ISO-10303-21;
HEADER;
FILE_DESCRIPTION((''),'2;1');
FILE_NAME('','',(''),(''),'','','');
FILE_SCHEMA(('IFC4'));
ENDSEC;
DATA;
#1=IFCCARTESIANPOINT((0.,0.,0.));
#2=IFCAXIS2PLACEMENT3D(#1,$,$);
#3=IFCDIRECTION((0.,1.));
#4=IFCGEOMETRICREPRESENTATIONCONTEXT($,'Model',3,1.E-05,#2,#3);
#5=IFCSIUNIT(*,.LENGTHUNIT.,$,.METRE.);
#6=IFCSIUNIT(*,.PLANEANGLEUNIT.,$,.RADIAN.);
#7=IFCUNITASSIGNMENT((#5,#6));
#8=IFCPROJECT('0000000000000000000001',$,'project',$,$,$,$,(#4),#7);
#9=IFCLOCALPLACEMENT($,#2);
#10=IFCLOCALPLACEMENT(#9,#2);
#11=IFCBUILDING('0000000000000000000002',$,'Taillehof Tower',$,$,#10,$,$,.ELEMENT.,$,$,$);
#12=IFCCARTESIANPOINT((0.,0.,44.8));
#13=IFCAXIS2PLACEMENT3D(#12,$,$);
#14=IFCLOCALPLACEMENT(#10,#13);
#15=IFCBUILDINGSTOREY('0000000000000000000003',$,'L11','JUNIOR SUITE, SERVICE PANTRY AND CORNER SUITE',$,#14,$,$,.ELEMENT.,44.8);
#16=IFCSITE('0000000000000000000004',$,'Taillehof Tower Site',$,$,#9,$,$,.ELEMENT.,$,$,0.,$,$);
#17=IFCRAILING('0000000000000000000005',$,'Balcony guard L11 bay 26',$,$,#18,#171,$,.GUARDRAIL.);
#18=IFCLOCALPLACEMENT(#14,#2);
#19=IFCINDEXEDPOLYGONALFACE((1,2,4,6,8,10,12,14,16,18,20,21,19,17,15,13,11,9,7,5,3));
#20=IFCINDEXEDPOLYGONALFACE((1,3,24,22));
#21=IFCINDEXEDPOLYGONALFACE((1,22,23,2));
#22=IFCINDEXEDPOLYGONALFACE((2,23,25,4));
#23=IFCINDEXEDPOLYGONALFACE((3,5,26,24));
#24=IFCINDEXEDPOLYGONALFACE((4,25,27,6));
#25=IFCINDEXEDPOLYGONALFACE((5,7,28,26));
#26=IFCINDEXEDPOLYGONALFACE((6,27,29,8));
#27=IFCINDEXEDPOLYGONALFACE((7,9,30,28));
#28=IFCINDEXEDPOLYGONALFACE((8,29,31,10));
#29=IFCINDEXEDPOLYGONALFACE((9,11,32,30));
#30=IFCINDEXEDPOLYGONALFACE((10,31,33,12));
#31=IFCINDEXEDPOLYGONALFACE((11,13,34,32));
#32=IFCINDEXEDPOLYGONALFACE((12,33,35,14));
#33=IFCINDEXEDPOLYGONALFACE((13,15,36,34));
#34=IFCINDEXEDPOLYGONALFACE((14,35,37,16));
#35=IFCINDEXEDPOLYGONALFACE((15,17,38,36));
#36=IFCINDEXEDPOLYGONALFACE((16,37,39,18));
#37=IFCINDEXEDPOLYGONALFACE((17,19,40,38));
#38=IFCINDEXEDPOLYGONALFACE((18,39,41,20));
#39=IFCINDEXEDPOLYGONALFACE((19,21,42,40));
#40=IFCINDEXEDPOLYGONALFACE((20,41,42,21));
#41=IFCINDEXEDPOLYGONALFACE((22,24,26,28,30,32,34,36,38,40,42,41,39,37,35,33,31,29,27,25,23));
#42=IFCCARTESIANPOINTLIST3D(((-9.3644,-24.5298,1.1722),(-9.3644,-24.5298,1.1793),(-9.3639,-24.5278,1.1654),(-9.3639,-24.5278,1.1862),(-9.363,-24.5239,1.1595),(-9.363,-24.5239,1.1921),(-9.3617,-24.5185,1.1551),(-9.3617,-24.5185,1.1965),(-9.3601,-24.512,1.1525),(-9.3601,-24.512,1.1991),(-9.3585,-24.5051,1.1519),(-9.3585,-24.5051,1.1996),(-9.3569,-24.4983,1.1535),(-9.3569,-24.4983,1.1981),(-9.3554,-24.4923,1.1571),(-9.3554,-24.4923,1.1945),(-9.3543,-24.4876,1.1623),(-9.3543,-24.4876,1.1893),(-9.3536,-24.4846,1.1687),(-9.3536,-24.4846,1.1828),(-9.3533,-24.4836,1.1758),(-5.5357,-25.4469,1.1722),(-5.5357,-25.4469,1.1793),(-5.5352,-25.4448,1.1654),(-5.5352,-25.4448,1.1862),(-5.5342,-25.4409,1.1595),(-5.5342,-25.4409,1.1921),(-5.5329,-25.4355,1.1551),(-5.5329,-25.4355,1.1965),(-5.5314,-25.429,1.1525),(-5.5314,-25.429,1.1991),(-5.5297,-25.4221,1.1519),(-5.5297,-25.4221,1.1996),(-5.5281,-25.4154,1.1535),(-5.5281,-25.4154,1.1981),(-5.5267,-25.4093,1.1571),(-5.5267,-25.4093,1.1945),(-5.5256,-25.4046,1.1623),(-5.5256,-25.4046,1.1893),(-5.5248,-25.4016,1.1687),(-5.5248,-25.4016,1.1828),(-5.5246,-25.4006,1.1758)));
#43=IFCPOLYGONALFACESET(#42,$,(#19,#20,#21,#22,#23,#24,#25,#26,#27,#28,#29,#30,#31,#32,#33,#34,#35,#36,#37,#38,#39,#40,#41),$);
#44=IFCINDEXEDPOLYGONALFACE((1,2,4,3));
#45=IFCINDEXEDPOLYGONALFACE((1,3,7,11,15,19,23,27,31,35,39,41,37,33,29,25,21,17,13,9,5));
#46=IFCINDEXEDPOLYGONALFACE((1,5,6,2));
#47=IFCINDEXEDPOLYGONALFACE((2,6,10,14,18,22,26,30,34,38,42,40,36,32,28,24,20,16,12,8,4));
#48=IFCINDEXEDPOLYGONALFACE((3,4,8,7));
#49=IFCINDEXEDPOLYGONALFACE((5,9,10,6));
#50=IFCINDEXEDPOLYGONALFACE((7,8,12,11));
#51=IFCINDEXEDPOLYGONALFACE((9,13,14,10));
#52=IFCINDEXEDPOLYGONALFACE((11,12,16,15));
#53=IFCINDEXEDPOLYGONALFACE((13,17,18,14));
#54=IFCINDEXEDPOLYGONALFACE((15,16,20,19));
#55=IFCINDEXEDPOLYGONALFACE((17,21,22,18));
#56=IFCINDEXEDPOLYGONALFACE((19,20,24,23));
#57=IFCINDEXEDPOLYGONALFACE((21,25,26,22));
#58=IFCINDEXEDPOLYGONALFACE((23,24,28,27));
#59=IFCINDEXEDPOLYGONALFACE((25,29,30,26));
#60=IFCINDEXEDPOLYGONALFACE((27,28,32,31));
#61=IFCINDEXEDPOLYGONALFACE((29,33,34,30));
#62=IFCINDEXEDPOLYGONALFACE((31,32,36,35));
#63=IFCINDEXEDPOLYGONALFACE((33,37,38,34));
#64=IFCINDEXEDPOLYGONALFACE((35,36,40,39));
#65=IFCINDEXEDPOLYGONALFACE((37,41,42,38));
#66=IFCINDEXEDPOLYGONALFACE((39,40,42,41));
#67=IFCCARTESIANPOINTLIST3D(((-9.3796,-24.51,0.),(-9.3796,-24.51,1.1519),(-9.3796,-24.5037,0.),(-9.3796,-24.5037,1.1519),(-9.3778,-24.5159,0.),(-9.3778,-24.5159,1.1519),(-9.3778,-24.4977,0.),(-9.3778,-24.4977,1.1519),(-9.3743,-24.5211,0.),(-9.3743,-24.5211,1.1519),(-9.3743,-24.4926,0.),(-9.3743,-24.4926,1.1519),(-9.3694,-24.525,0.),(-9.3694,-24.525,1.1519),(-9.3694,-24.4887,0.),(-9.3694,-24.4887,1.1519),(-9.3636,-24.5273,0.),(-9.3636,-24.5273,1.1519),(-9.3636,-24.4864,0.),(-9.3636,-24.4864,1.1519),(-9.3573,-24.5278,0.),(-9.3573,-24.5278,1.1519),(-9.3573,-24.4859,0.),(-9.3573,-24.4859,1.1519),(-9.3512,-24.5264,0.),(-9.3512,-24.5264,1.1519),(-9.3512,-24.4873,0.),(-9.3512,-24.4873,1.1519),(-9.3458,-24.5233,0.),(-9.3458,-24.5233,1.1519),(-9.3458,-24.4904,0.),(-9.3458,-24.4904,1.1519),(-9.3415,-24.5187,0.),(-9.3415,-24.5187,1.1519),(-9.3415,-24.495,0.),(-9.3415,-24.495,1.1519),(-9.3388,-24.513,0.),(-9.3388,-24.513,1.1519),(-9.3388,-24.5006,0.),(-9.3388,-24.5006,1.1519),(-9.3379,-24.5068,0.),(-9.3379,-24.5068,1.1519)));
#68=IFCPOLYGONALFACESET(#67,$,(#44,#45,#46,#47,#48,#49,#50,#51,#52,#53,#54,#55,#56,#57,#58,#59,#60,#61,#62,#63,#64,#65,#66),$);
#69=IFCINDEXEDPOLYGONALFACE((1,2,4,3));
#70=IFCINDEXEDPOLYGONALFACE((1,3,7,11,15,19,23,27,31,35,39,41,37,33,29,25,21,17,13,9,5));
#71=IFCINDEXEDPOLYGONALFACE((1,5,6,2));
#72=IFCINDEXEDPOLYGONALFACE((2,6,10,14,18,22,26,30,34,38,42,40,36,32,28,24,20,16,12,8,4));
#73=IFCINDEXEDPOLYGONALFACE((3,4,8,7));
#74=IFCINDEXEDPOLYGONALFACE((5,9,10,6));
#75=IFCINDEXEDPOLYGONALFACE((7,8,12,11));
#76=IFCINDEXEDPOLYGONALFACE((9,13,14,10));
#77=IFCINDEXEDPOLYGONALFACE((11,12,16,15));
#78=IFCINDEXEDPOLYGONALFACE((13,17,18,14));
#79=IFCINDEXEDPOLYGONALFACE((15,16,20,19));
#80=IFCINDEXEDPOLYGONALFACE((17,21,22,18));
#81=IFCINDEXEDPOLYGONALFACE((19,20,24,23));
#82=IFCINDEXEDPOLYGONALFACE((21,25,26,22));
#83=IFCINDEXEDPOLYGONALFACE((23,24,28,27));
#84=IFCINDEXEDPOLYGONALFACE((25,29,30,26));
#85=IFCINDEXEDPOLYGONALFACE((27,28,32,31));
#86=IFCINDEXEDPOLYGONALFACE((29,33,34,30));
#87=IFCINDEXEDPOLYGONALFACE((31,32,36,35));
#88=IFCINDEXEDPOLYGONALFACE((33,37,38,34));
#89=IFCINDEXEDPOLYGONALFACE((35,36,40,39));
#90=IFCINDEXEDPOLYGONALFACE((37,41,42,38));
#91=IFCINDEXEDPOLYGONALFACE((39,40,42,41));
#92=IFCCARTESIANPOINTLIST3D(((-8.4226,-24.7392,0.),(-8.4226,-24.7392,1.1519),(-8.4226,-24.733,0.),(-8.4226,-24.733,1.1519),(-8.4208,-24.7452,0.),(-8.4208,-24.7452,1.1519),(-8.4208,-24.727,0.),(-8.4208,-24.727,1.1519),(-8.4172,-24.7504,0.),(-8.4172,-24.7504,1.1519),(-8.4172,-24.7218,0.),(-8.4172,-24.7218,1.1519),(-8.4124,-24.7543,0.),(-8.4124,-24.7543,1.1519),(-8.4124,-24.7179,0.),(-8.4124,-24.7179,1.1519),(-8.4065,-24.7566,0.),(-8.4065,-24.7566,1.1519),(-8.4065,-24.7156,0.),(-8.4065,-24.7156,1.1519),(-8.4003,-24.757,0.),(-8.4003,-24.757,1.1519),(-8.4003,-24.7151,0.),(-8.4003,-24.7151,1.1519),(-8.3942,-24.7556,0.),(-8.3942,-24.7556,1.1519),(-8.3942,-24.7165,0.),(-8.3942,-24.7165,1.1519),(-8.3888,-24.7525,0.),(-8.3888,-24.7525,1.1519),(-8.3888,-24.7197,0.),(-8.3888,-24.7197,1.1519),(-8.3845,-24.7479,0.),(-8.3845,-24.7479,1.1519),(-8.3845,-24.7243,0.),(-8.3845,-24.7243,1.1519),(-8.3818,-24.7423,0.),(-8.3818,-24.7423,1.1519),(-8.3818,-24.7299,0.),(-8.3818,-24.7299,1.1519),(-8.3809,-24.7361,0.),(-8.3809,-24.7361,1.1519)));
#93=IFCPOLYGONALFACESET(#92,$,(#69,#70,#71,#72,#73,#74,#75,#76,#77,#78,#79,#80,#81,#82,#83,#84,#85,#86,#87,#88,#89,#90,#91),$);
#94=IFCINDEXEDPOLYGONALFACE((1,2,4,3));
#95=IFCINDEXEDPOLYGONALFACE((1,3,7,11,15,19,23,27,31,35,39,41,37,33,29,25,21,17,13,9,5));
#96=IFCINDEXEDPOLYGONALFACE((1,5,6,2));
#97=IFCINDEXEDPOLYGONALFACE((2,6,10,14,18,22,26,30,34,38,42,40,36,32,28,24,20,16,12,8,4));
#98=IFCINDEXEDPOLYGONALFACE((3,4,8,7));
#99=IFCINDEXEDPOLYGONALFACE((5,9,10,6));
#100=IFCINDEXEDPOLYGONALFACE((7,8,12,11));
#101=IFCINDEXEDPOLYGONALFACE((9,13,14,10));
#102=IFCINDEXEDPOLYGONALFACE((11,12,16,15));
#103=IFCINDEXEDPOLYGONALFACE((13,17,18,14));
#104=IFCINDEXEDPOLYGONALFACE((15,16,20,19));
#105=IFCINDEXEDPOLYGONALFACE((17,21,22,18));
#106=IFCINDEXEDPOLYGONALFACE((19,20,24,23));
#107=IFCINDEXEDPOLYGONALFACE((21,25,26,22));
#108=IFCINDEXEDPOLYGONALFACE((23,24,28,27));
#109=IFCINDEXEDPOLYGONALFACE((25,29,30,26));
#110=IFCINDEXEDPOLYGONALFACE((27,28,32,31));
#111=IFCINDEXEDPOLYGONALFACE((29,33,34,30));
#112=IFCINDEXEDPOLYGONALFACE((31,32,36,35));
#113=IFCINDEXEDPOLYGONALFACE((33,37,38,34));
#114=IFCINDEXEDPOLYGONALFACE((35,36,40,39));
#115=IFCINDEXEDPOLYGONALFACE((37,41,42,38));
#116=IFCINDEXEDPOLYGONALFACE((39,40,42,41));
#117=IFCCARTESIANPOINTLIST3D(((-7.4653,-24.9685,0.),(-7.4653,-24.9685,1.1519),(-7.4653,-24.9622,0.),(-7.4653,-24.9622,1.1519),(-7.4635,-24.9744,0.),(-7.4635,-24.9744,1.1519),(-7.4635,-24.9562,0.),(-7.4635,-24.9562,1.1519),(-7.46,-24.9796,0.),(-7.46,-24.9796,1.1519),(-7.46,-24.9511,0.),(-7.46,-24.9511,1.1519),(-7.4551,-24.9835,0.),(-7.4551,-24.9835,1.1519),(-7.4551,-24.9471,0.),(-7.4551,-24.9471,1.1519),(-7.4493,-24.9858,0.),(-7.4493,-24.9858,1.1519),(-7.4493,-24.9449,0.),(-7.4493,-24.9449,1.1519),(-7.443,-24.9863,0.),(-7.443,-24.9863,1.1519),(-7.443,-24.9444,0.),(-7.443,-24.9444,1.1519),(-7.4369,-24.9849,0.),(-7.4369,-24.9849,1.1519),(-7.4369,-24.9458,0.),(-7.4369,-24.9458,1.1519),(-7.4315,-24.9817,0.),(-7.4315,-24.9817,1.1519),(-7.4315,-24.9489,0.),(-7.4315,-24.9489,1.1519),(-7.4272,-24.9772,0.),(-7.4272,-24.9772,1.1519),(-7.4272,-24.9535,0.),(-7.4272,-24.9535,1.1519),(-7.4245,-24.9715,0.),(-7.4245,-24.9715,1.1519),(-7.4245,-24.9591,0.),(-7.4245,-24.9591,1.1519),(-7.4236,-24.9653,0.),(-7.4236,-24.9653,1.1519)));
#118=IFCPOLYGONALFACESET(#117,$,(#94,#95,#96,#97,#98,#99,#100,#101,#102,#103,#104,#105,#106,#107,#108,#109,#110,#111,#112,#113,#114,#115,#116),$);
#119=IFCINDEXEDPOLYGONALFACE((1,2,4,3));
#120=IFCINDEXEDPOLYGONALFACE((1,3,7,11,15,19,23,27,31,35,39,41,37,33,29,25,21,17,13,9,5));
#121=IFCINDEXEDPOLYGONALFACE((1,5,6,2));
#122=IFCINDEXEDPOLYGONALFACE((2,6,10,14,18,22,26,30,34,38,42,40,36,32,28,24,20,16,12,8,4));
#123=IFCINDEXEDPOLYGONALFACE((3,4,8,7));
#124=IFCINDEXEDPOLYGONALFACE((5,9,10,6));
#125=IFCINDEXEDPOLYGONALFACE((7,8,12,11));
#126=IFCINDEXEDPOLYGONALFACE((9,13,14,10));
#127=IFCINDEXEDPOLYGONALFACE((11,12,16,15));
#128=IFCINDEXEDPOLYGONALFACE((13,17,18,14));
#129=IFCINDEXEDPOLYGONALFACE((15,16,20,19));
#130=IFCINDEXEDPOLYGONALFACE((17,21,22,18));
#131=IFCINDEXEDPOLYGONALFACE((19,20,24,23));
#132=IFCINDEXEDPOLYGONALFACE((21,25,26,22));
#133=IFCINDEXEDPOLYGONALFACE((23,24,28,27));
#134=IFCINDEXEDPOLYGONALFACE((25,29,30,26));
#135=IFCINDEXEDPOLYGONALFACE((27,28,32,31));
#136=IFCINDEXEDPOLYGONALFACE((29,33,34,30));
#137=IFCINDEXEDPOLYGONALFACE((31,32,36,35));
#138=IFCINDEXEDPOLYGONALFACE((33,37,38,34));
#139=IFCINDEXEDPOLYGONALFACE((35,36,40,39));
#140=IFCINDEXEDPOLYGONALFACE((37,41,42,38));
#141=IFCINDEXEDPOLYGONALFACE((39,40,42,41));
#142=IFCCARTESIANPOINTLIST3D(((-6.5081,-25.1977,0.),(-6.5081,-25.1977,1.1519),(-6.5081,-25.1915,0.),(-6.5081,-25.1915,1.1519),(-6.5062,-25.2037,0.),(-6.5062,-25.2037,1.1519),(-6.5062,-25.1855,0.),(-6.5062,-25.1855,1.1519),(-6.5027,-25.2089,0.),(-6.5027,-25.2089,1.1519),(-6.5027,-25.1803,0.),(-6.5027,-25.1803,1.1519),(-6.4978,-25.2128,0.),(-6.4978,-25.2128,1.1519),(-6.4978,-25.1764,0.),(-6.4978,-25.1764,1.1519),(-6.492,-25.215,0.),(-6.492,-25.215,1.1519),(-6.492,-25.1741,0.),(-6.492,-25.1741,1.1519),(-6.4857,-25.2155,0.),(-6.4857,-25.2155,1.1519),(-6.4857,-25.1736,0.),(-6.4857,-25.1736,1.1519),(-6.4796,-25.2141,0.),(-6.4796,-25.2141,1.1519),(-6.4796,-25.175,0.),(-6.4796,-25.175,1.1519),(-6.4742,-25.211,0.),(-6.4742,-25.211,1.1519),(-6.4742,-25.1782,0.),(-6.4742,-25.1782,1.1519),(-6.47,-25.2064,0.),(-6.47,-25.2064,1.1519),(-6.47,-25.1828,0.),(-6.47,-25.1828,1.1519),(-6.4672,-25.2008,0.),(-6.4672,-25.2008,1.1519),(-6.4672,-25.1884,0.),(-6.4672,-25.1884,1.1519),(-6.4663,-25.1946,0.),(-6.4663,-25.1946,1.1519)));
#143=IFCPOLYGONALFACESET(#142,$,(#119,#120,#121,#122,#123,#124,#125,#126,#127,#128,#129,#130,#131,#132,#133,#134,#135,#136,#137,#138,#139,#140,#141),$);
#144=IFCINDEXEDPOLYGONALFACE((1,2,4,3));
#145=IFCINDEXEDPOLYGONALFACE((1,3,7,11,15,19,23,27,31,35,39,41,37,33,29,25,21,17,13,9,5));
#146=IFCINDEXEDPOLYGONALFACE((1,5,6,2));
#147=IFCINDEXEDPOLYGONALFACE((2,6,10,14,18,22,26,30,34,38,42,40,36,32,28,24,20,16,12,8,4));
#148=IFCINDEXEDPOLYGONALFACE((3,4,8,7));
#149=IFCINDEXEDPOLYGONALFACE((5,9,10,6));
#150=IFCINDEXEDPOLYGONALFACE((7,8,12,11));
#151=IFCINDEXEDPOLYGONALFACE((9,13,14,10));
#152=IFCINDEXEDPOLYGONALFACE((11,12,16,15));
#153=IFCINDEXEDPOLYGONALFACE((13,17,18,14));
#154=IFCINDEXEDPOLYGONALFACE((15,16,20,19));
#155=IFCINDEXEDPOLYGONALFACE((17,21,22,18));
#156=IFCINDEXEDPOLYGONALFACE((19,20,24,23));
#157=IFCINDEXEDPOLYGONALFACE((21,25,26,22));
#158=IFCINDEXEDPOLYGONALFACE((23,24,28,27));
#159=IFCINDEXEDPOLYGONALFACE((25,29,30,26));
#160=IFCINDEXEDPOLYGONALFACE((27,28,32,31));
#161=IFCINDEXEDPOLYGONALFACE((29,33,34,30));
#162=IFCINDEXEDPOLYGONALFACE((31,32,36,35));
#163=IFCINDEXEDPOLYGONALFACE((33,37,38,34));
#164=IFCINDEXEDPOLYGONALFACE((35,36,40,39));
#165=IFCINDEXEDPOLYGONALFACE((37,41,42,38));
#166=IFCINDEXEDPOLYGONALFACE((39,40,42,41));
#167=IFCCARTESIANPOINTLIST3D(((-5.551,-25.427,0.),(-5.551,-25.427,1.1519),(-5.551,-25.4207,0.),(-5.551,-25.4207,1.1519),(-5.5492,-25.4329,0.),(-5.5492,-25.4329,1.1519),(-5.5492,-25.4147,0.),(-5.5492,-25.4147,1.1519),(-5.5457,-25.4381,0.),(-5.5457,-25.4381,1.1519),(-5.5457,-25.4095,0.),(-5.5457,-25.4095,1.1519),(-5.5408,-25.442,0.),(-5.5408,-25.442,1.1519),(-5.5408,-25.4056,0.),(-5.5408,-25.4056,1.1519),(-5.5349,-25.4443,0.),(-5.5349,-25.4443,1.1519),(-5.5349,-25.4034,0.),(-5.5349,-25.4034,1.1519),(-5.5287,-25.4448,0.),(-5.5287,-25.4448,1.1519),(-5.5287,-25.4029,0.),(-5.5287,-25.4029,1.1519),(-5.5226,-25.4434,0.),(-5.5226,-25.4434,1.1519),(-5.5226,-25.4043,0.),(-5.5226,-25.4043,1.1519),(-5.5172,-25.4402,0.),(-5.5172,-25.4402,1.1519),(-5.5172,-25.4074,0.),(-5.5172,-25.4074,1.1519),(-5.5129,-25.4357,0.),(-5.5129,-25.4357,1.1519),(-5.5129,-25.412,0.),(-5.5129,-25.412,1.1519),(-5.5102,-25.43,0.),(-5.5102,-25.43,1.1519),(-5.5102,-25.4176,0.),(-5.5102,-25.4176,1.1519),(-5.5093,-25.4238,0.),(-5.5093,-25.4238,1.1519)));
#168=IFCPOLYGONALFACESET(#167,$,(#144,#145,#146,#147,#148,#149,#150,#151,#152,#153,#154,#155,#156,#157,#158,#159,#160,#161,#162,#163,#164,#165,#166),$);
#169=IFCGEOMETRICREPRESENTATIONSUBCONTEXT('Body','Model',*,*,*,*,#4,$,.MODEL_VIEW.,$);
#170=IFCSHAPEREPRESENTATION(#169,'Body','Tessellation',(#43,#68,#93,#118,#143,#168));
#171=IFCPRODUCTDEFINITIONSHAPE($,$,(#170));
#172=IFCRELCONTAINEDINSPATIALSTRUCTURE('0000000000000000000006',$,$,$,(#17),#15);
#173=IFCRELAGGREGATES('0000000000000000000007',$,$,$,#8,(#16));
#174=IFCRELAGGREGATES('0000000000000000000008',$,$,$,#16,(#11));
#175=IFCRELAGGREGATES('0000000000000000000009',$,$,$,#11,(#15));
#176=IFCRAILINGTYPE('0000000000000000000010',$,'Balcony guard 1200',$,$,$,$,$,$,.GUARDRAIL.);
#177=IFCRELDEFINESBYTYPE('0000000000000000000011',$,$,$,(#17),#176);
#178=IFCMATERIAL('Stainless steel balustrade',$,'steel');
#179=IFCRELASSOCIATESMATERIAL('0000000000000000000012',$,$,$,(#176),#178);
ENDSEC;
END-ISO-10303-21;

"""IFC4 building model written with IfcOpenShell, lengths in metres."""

from ifc_helpers import new_model, si_unit, direction, frame, origin, origin_2d, place, context, subcontext, project, spatial, circle, extrude, material, type_object, element, save


model = new_model("IFC4")

# Units and contexts
model_context = context("Model", 3, precision=1e-05, world=origin(), true_north=direction((0.0, 1.0)))
body_context = subcontext(model_context, "Body", "Model", "MODEL_VIEW")
ifc_project = project(units=[si_unit("LENGTHUNIT", "METRE"), si_unit("PLANEANGLEUNIT", "RADIAN")], contexts=[model_context])

# Site, building, storey
site_placement = place(None, origin())
site = spatial("IfcSite", under=ifc_project, at=site_placement, Name="Taillehof Tower Site", CompositionType="ELEMENT", RefElevation=0.0)
building_placement = place(site_placement, origin())
building = spatial("IfcBuilding", under=site, at=building_placement, Name="Taillehof Tower", CompositionType="ELEMENT")
storey_placement = place(building_placement, frame((0.0, 0.0, 44.8)))
storey = spatial("IfcBuildingStorey", under=building, at=storey_placement, Name="L11", Description="JUNIOR SUITE, SERVICE PANTRY AND CORNER SUITE", CompositionType="ELEMENT", Elevation=44.8)

# Railing
ifc_material_1 = material(Name="Stainless steel balustrade", Category="steel")
railing_type = type_object("IfcRailingType", Name="Balcony guard 1200", PredefinedType="GUARDRAIL", material=ifc_material_1)
railing_1_placement = place(storey_placement, frame((-9.3589, -24.5068, 0.0)))
element("IfcRailing", 1, at=railing_1_placement, inside=storey, type_object=railing_type, Name="Balcony guard L11 bay 26", PredefinedType="GUARDRAIL", context=body_context, shape_type="SweptSolid", body=[
    extrude(circle(Radius=0.0239, at=origin_2d()), frame((0.0, 0.0, 1.1758), z_axis=(0.972495, -0.232923, 0.0), x_axis=(0.232923, 0.972495, 0.0)), (0.0, 0.0, 1.0), 3.937),
    extrude(circle(Radius=0.021, at=origin_2d()), origin(), (0.0, 0.0, 1.0), 1.1519),
    extrude(circle(Radius=0.021, at=origin_2d()), frame((0.957, -0.2292, 0.0)), (0.0, 0.0, 1.0), 1.1519),
    extrude(circle(Radius=0.021, at=origin_2d()), frame((1.9143, -0.4585, 0.0)), (0.0, 0.0, 1.0), 1.1519),
    extrude(circle(Radius=0.021, at=origin_2d()), frame((2.8716, -0.6877, 0.0)), (0.0, 0.0, 1.0), 1.1519),
    extrude(circle(Radius=0.021, at=origin_2d()), frame((3.8286, -0.917, 0.0)), (0.0, 0.0, 1.0), 1.1519),
])

save(model, "model.ifc")
